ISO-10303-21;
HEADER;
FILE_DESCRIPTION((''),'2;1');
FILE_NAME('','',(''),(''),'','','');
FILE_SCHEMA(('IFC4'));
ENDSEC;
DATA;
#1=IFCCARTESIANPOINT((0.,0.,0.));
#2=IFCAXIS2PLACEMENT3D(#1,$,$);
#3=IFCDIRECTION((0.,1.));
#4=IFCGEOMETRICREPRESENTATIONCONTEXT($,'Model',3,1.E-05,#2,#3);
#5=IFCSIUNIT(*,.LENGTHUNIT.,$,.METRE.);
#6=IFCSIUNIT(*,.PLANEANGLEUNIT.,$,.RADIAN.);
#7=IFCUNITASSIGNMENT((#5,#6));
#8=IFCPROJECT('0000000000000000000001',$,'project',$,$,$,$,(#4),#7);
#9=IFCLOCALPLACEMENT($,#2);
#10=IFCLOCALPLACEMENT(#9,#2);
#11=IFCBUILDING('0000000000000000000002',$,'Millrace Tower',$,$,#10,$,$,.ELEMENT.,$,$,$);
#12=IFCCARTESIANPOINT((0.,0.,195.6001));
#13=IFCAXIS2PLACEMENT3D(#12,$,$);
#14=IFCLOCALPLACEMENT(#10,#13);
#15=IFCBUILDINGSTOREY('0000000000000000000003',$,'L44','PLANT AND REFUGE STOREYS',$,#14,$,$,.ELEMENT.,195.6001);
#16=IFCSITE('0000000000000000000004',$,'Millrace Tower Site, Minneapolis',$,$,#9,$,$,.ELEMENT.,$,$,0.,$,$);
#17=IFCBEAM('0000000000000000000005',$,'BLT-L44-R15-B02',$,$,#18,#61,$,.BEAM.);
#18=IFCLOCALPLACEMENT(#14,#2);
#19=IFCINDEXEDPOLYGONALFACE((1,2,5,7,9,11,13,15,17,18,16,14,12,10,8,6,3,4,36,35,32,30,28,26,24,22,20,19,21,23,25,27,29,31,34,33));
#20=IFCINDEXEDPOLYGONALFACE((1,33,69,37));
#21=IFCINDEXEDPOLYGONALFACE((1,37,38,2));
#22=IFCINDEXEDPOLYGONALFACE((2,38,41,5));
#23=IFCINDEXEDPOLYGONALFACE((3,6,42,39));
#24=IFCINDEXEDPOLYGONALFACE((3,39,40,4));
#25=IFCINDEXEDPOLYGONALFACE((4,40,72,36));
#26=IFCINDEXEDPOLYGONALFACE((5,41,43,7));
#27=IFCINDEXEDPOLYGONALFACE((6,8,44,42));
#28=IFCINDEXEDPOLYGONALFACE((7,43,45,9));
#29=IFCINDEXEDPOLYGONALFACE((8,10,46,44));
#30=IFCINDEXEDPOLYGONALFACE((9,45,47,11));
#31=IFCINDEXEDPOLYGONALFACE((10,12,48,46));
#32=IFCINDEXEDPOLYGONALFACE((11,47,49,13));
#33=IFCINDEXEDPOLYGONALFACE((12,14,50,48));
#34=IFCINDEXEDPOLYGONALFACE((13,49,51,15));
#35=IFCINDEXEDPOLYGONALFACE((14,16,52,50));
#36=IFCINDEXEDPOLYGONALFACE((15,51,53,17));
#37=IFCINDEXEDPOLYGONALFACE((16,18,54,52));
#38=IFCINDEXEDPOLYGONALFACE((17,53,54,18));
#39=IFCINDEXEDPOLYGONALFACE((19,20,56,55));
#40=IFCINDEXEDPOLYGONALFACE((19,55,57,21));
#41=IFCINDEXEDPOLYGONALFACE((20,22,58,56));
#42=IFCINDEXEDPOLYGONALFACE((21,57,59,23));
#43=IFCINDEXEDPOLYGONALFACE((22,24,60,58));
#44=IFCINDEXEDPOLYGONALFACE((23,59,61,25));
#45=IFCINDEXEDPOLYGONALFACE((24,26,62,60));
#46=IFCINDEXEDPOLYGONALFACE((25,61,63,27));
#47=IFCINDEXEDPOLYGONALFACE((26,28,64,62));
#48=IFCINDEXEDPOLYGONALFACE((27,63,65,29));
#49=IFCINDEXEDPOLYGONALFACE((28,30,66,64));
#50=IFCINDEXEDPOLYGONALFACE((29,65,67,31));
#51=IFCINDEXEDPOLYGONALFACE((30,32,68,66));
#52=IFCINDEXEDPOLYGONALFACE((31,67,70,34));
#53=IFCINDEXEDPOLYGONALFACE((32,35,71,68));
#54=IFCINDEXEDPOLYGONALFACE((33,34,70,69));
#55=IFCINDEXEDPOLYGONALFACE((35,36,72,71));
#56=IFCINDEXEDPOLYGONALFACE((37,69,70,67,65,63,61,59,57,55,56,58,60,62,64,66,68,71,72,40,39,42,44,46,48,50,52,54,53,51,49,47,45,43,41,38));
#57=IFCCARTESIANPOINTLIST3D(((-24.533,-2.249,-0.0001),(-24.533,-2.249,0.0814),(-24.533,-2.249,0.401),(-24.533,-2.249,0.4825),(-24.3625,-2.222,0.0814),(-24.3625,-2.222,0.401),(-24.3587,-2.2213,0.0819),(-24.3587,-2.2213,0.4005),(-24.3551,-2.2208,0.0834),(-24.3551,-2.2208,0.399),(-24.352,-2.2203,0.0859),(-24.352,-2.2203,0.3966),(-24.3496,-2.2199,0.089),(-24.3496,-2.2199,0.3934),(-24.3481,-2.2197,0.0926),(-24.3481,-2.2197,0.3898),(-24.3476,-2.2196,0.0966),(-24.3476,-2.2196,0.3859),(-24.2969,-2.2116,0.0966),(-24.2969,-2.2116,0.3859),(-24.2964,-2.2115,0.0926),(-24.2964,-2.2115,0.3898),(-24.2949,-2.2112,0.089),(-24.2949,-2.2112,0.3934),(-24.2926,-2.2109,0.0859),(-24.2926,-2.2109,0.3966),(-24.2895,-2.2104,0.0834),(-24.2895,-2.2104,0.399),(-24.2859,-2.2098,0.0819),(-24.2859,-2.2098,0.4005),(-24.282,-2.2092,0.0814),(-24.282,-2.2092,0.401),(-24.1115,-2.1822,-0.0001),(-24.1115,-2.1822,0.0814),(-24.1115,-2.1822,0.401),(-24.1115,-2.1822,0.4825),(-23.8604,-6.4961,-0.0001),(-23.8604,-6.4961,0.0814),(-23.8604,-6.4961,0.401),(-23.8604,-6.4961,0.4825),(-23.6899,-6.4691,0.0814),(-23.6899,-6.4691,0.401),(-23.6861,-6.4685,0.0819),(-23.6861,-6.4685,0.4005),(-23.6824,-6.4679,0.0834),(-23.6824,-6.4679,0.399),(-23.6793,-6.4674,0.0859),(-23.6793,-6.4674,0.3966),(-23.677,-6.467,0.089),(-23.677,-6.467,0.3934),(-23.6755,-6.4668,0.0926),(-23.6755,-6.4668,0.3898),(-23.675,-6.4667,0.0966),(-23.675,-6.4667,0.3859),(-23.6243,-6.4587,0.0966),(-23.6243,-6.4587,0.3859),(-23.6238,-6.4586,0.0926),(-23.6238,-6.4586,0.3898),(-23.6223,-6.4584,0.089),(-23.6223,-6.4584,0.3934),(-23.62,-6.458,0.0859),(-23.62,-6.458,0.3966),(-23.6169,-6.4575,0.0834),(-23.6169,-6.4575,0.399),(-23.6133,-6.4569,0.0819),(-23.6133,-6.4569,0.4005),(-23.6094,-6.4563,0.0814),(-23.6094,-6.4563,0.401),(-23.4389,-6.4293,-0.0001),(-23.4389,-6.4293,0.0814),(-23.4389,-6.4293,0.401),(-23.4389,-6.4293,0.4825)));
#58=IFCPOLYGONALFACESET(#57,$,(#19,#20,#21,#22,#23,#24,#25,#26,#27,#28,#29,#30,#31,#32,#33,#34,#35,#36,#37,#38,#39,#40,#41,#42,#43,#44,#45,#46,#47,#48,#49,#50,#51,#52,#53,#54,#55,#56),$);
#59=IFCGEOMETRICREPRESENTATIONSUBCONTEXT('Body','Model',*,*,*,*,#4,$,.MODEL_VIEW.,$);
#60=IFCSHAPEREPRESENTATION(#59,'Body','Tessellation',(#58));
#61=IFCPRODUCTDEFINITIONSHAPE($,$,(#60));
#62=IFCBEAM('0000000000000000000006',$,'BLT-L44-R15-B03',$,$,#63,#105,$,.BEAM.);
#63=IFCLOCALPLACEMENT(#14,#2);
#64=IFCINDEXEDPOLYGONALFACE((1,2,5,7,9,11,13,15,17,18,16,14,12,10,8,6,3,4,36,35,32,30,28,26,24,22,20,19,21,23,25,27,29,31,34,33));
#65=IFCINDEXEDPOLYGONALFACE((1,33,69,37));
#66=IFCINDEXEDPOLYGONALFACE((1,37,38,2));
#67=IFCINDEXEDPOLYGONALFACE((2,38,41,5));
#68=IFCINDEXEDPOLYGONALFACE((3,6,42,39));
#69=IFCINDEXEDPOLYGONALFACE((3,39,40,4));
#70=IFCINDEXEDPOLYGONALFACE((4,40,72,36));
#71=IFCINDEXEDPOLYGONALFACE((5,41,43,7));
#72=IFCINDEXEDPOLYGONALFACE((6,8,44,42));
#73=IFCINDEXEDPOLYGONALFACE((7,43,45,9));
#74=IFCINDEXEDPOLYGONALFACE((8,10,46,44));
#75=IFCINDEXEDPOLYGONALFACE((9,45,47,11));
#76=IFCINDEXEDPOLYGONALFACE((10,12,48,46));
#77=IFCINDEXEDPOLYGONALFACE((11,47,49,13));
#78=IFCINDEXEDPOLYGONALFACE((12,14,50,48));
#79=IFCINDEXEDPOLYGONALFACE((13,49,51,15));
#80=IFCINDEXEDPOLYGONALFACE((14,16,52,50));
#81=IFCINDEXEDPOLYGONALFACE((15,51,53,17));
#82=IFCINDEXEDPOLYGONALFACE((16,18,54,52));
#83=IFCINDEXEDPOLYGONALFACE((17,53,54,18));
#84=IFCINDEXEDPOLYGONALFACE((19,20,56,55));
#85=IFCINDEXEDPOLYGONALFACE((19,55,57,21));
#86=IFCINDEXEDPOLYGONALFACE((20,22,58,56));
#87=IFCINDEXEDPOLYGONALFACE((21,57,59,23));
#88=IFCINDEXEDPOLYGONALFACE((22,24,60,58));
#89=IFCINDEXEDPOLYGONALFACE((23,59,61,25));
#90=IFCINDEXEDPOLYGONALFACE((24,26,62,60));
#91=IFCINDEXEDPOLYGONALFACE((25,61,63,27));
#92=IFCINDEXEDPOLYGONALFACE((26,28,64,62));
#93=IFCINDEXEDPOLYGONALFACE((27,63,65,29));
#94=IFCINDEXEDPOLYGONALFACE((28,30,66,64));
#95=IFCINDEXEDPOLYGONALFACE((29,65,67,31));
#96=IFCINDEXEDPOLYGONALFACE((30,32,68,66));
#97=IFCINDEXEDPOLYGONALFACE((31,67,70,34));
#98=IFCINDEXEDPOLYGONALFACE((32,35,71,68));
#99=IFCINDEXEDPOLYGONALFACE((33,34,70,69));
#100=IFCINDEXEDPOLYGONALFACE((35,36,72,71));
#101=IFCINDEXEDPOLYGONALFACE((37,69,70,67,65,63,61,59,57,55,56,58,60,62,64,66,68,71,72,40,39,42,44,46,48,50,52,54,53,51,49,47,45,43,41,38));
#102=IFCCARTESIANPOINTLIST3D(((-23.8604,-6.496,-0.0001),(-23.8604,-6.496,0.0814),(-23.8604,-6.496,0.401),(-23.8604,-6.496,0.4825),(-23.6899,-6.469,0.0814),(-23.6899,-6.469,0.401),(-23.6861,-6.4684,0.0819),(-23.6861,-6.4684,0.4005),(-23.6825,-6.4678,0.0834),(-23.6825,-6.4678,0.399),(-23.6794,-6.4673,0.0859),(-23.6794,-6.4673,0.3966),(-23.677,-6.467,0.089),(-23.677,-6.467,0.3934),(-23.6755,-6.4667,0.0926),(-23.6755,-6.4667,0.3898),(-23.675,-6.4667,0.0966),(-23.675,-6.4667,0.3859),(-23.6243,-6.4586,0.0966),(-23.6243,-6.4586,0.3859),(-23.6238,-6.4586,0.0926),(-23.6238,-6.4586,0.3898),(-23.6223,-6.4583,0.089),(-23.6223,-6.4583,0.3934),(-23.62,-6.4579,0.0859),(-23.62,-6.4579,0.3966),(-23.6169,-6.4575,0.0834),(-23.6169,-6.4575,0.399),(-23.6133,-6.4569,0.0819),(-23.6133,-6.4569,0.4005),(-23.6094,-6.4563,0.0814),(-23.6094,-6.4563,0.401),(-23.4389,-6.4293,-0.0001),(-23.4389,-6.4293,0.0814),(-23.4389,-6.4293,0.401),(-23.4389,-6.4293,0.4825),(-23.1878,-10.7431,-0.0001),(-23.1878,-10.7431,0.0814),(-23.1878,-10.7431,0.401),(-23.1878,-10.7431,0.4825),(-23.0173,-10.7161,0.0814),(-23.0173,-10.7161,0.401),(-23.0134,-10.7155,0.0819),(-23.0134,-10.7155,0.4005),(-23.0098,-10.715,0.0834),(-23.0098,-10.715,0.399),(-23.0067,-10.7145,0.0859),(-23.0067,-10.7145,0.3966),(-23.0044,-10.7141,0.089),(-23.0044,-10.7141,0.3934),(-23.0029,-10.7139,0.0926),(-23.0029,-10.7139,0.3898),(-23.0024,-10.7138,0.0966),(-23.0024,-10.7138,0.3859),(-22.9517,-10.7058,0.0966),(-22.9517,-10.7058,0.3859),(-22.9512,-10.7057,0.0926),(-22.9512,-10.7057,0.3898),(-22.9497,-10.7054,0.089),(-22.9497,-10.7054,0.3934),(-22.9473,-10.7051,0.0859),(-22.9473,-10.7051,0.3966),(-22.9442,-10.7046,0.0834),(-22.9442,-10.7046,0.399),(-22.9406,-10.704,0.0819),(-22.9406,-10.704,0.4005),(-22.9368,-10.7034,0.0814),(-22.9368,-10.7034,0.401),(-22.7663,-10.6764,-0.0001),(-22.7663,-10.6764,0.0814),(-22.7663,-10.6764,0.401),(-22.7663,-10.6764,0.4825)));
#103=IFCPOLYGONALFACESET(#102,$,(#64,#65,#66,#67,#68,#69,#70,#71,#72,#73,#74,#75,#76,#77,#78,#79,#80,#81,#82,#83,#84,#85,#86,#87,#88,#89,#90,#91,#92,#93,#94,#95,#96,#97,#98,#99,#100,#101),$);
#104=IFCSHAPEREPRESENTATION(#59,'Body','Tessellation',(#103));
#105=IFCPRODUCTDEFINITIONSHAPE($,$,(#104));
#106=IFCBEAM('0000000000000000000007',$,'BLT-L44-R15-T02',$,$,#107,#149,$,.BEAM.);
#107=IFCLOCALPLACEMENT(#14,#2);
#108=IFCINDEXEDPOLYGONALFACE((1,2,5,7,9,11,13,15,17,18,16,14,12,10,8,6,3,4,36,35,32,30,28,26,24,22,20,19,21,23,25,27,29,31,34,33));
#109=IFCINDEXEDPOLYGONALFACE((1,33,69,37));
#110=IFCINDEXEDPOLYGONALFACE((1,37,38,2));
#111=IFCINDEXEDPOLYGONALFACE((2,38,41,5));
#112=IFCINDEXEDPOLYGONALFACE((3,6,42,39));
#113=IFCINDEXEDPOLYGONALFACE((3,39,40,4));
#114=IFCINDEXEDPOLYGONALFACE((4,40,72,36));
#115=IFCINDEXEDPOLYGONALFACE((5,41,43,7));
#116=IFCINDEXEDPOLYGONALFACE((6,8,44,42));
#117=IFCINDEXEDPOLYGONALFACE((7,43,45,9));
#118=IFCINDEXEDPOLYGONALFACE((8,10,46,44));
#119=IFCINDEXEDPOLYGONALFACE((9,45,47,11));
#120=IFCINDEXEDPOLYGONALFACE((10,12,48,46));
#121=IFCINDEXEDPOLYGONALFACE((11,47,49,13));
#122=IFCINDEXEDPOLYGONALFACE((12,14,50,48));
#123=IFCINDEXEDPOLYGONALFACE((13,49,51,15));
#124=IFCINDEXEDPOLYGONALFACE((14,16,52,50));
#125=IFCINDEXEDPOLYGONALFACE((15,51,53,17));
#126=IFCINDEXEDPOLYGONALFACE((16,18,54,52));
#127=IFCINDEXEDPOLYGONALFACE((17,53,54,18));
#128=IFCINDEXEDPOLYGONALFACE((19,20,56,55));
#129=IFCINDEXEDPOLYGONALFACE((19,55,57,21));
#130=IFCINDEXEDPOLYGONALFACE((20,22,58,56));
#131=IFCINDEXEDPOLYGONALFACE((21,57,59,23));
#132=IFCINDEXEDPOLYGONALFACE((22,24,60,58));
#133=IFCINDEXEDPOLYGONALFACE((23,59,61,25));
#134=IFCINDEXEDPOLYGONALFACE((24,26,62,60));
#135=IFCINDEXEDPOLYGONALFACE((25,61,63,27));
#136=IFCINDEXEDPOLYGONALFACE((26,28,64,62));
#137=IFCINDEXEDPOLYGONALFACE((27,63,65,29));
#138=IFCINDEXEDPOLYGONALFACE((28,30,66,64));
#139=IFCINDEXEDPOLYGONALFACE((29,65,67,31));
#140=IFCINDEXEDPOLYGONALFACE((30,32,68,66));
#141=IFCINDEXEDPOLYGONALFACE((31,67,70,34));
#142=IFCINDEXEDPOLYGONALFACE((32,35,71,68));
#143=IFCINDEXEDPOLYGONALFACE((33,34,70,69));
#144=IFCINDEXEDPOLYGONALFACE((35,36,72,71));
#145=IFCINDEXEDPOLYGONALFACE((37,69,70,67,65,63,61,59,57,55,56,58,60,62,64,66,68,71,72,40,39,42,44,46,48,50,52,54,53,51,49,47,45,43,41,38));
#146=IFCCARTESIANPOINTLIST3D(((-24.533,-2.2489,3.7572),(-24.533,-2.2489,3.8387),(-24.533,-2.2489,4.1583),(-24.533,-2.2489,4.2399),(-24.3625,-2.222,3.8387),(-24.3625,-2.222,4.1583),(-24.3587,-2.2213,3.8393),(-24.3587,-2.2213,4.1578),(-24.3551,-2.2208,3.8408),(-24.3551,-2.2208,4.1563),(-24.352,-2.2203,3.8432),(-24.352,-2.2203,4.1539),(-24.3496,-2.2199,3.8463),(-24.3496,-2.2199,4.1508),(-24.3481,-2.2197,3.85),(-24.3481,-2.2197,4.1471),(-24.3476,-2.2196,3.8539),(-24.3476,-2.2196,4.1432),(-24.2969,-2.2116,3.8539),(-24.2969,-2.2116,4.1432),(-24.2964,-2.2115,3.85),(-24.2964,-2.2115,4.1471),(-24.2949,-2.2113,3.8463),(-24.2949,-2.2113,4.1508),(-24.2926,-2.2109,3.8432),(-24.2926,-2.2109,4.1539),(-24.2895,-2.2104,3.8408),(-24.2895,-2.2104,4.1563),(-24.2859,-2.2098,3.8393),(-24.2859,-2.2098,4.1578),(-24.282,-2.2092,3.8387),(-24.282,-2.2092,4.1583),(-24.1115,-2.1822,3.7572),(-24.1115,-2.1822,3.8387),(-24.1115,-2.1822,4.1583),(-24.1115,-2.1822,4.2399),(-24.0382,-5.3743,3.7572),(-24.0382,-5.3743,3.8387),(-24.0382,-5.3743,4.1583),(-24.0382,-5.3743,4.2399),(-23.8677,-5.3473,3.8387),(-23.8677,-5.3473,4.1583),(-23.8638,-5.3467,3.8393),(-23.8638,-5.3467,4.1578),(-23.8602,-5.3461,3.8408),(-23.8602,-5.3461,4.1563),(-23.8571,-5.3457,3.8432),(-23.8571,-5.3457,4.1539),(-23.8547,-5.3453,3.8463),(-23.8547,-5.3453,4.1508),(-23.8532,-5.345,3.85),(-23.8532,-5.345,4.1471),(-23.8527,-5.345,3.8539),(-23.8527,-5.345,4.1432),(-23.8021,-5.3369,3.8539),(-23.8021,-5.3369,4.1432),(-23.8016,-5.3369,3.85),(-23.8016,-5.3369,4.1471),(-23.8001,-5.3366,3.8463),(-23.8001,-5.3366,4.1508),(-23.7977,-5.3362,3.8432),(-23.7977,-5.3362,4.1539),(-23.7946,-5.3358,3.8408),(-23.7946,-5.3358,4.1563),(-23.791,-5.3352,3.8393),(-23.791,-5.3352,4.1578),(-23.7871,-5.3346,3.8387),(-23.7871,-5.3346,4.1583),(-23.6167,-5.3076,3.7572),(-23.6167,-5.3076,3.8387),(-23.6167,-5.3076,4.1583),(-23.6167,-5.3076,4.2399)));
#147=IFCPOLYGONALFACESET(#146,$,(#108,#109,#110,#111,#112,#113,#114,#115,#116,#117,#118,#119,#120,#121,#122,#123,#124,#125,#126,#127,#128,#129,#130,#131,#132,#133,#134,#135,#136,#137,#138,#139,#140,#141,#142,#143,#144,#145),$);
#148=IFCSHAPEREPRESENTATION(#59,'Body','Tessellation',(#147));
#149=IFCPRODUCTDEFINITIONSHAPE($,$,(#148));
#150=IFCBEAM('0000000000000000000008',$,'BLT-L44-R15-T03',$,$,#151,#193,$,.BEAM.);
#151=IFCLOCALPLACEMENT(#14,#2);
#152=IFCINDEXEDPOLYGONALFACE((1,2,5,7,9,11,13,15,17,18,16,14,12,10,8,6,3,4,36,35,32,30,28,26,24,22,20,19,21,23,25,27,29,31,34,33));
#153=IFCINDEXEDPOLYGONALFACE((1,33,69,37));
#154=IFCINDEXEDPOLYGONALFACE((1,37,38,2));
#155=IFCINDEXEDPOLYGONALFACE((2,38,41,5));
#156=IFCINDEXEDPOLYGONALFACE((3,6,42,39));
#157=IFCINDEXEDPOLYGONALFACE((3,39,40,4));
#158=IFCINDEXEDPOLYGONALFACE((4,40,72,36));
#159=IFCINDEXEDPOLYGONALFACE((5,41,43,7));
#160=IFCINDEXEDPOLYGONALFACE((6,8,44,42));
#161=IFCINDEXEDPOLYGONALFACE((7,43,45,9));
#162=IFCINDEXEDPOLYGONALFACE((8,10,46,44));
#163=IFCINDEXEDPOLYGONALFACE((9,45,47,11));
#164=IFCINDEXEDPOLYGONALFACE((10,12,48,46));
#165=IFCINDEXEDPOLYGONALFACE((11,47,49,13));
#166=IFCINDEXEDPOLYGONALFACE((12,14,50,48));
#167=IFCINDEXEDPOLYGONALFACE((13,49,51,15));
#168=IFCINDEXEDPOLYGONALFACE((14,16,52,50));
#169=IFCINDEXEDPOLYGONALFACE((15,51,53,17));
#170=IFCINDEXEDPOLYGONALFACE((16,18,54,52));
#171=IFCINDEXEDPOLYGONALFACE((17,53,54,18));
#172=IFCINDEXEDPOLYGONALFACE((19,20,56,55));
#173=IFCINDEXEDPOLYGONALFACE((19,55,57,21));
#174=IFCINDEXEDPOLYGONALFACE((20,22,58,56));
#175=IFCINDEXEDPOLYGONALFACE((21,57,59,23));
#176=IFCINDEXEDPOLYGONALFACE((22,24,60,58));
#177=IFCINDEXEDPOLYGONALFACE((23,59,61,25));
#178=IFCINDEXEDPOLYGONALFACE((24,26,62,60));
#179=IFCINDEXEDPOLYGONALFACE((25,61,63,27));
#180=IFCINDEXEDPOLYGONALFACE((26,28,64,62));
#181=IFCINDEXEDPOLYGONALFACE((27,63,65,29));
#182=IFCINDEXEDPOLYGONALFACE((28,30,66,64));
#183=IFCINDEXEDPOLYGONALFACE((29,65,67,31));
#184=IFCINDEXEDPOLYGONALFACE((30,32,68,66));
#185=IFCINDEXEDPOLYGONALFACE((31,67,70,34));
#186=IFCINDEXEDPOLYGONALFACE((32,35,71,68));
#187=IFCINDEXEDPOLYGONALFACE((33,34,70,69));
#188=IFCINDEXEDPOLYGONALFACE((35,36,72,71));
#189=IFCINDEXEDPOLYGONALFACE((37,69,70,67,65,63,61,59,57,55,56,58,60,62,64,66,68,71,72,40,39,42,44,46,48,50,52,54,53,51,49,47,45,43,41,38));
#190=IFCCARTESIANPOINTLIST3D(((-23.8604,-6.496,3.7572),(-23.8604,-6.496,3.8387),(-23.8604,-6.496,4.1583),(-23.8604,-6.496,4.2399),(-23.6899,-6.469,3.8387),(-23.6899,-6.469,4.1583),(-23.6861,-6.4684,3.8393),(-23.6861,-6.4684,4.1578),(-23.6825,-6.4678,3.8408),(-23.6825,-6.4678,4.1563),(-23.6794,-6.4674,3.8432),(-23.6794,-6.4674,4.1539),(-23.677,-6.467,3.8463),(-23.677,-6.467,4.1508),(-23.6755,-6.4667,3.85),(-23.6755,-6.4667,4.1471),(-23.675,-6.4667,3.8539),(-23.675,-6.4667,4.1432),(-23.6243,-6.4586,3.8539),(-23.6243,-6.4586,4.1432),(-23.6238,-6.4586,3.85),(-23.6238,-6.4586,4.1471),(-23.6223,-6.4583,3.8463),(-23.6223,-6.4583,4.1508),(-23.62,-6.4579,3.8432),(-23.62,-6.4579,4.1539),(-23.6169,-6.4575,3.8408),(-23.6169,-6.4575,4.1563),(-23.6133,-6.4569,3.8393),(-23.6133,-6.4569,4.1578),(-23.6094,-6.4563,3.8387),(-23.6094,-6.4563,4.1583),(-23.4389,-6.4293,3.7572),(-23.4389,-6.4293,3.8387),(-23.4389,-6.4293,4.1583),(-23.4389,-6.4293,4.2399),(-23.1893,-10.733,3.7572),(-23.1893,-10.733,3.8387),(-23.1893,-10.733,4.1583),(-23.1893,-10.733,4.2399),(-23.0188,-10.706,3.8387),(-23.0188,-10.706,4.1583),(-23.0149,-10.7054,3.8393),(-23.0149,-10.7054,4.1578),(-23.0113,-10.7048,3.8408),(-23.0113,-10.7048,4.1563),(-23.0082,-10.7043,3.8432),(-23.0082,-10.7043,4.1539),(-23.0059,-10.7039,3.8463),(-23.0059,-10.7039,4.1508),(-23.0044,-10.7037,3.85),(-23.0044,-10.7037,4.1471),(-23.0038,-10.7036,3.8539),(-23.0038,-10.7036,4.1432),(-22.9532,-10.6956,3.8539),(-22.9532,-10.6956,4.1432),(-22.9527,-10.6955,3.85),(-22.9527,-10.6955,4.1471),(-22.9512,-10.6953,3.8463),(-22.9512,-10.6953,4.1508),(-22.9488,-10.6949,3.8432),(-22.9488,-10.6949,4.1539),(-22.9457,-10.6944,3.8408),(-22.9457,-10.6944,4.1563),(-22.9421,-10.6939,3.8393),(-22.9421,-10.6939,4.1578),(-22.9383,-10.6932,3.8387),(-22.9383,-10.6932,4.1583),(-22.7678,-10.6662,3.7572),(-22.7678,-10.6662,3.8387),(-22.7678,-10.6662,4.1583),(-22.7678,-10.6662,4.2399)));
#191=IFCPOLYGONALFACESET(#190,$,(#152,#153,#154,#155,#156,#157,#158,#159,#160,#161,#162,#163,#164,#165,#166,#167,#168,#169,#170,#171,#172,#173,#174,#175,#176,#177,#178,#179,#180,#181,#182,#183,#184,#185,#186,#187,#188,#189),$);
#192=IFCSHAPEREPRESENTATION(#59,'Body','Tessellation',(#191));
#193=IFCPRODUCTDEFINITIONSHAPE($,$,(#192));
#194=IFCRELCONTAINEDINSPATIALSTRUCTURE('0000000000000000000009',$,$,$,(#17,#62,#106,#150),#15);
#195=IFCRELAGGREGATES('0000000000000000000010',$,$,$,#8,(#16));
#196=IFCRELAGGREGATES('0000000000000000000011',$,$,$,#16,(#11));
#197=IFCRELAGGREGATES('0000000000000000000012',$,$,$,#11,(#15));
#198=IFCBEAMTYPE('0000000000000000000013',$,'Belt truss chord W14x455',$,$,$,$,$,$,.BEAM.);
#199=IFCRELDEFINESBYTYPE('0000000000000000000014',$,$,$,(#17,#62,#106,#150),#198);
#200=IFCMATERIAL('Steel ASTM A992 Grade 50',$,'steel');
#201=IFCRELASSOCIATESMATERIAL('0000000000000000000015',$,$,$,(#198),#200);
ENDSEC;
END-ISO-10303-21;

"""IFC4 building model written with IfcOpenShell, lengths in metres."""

from ifc_helpers import new_model, si_unit, direction, frame, origin, origin_2d, place, context, subcontext, project, spatial, i_section, extrude, material, material_profile, profile_set, type_object, element, save


model = new_model("IFC4")

# Units and contexts
model_context = context("Model", 3, precision=1e-05, world=origin(), true_north=direction((0.0, 1.0)))
body_context = subcontext(model_context, "Body", "Model", "MODEL_VIEW")
ifc_project = project(units=[si_unit("LENGTHUNIT", "METRE"), si_unit("PLANEANGLEUNIT", "RADIAN")], contexts=[model_context])

# Site, building, storey
site_placement = place(None, origin())
site = spatial("IfcSite", under=ifc_project, at=site_placement, Name="Millrace Tower Site, Minneapolis", CompositionType="ELEMENT", RefElevation=0.0)
building_placement = place(site_placement, origin())
building = spatial("IfcBuilding", under=site, at=building_placement, Name="Millrace Tower", CompositionType="ELEMENT")
storey_placement = place(building_placement, frame((0.0, 0.0, 195.6001)))
storey = spatial("IfcBuildingStorey", under=building, at=storey_placement, Name="L44", Description="PLANT AND REFUGE STOREYS", CompositionType="ELEMENT", Elevation=195.6001)

# Beams
ifc_material_1 = material(Name="Steel ASTM A992 Grade 50", Category="steel")
ifc_material_profile_1 = material_profile(ifc_material_1, i_section(OverallWidth=0.4268, OverallDepth=0.4827, WebThickness=0.0513, FlangeThickness=0.0815, FilletRadius=0.0151, at=origin_2d()))
ifc_profile_set_1 = profile_set([ifc_material_profile_1], Name="Steel ASTM A992 Grade 50")
beam_type_1 = type_object("IfcBeamType", Name="Belt truss chord W14x455", PredefinedType="BEAM", material=ifc_profile_set_1)
for number, where, z_axis, x_axis, name in (
    (1, (-24.3223, -2.2156, 0.2412), (0.15642, -0.987691, 0.0), (0.987691, 0.15642, 0.0), "BLT-L44-R15-B02"),
    (2, (-23.6497, -6.4626, 0.2412), (0.15642, -0.987691, 0.0), (0.987691, 0.15642, 0.0), "BLT-L44-R15-B03"),
):
    element("IfcBeam", number, at=place(storey_placement, frame(where, z_axis=z_axis, x_axis=x_axis)), inside=storey, type_object=beam_type_1, Name=name, PredefinedType="BEAM", context=body_context, shape_type="SweptSolid", body=[
        extrude(i_section(OverallWidth=0.4268, OverallDepth=0.4827, WebThickness=0.0513, FlangeThickness=0.0815, FilletRadius=0.0151, at=origin_2d()), origin(), (0.0, 0.0, 1.0), 4.3),
    ])
beam_1_placement = place(storey_placement, frame((-24.3223, -2.2156, 3.9985), z_axis=(0.156386, -0.987696, 0.0), x_axis=(0.987696, 0.156386, 0.0)))
element("IfcBeam", 3, at=beam_1_placement, inside=storey, type_object=beam_type_1, Name="BLT-L44-R15-T02", PredefinedType="BEAM", context=body_context, shape_type="SweptSolid", body=[
    extrude(i_section(OverallWidth=0.4268, OverallDepth=0.4827, WebThickness=0.0513, FlangeThickness=0.0815, FilletRadius=0.0151, at=origin_2d()), origin(), (0.0, 0.0, 1.0), 3.1643),
])
beam_2_placement = place(storey_placement, frame((-23.6497, -6.4626, 3.9985), z_axis=(0.156448, -0.987686, 0.0), x_axis=(0.987686, 0.156448, 0.0)))
element("IfcBeam", 4, at=beam_2_placement, inside=storey, type_object=beam_type_1, Name="BLT-L44-R15-T03", PredefinedType="BEAM", context=body_context, shape_type="SweptSolid", body=[
    extrude(i_section(OverallWidth=0.4268, OverallDepth=0.4827, WebThickness=0.0513, FlangeThickness=0.0815, FilletRadius=0.0151, at=origin_2d()), origin(), (0.0, 0.0, 1.0), 4.2898),
])

save(model, "model.ifc")
